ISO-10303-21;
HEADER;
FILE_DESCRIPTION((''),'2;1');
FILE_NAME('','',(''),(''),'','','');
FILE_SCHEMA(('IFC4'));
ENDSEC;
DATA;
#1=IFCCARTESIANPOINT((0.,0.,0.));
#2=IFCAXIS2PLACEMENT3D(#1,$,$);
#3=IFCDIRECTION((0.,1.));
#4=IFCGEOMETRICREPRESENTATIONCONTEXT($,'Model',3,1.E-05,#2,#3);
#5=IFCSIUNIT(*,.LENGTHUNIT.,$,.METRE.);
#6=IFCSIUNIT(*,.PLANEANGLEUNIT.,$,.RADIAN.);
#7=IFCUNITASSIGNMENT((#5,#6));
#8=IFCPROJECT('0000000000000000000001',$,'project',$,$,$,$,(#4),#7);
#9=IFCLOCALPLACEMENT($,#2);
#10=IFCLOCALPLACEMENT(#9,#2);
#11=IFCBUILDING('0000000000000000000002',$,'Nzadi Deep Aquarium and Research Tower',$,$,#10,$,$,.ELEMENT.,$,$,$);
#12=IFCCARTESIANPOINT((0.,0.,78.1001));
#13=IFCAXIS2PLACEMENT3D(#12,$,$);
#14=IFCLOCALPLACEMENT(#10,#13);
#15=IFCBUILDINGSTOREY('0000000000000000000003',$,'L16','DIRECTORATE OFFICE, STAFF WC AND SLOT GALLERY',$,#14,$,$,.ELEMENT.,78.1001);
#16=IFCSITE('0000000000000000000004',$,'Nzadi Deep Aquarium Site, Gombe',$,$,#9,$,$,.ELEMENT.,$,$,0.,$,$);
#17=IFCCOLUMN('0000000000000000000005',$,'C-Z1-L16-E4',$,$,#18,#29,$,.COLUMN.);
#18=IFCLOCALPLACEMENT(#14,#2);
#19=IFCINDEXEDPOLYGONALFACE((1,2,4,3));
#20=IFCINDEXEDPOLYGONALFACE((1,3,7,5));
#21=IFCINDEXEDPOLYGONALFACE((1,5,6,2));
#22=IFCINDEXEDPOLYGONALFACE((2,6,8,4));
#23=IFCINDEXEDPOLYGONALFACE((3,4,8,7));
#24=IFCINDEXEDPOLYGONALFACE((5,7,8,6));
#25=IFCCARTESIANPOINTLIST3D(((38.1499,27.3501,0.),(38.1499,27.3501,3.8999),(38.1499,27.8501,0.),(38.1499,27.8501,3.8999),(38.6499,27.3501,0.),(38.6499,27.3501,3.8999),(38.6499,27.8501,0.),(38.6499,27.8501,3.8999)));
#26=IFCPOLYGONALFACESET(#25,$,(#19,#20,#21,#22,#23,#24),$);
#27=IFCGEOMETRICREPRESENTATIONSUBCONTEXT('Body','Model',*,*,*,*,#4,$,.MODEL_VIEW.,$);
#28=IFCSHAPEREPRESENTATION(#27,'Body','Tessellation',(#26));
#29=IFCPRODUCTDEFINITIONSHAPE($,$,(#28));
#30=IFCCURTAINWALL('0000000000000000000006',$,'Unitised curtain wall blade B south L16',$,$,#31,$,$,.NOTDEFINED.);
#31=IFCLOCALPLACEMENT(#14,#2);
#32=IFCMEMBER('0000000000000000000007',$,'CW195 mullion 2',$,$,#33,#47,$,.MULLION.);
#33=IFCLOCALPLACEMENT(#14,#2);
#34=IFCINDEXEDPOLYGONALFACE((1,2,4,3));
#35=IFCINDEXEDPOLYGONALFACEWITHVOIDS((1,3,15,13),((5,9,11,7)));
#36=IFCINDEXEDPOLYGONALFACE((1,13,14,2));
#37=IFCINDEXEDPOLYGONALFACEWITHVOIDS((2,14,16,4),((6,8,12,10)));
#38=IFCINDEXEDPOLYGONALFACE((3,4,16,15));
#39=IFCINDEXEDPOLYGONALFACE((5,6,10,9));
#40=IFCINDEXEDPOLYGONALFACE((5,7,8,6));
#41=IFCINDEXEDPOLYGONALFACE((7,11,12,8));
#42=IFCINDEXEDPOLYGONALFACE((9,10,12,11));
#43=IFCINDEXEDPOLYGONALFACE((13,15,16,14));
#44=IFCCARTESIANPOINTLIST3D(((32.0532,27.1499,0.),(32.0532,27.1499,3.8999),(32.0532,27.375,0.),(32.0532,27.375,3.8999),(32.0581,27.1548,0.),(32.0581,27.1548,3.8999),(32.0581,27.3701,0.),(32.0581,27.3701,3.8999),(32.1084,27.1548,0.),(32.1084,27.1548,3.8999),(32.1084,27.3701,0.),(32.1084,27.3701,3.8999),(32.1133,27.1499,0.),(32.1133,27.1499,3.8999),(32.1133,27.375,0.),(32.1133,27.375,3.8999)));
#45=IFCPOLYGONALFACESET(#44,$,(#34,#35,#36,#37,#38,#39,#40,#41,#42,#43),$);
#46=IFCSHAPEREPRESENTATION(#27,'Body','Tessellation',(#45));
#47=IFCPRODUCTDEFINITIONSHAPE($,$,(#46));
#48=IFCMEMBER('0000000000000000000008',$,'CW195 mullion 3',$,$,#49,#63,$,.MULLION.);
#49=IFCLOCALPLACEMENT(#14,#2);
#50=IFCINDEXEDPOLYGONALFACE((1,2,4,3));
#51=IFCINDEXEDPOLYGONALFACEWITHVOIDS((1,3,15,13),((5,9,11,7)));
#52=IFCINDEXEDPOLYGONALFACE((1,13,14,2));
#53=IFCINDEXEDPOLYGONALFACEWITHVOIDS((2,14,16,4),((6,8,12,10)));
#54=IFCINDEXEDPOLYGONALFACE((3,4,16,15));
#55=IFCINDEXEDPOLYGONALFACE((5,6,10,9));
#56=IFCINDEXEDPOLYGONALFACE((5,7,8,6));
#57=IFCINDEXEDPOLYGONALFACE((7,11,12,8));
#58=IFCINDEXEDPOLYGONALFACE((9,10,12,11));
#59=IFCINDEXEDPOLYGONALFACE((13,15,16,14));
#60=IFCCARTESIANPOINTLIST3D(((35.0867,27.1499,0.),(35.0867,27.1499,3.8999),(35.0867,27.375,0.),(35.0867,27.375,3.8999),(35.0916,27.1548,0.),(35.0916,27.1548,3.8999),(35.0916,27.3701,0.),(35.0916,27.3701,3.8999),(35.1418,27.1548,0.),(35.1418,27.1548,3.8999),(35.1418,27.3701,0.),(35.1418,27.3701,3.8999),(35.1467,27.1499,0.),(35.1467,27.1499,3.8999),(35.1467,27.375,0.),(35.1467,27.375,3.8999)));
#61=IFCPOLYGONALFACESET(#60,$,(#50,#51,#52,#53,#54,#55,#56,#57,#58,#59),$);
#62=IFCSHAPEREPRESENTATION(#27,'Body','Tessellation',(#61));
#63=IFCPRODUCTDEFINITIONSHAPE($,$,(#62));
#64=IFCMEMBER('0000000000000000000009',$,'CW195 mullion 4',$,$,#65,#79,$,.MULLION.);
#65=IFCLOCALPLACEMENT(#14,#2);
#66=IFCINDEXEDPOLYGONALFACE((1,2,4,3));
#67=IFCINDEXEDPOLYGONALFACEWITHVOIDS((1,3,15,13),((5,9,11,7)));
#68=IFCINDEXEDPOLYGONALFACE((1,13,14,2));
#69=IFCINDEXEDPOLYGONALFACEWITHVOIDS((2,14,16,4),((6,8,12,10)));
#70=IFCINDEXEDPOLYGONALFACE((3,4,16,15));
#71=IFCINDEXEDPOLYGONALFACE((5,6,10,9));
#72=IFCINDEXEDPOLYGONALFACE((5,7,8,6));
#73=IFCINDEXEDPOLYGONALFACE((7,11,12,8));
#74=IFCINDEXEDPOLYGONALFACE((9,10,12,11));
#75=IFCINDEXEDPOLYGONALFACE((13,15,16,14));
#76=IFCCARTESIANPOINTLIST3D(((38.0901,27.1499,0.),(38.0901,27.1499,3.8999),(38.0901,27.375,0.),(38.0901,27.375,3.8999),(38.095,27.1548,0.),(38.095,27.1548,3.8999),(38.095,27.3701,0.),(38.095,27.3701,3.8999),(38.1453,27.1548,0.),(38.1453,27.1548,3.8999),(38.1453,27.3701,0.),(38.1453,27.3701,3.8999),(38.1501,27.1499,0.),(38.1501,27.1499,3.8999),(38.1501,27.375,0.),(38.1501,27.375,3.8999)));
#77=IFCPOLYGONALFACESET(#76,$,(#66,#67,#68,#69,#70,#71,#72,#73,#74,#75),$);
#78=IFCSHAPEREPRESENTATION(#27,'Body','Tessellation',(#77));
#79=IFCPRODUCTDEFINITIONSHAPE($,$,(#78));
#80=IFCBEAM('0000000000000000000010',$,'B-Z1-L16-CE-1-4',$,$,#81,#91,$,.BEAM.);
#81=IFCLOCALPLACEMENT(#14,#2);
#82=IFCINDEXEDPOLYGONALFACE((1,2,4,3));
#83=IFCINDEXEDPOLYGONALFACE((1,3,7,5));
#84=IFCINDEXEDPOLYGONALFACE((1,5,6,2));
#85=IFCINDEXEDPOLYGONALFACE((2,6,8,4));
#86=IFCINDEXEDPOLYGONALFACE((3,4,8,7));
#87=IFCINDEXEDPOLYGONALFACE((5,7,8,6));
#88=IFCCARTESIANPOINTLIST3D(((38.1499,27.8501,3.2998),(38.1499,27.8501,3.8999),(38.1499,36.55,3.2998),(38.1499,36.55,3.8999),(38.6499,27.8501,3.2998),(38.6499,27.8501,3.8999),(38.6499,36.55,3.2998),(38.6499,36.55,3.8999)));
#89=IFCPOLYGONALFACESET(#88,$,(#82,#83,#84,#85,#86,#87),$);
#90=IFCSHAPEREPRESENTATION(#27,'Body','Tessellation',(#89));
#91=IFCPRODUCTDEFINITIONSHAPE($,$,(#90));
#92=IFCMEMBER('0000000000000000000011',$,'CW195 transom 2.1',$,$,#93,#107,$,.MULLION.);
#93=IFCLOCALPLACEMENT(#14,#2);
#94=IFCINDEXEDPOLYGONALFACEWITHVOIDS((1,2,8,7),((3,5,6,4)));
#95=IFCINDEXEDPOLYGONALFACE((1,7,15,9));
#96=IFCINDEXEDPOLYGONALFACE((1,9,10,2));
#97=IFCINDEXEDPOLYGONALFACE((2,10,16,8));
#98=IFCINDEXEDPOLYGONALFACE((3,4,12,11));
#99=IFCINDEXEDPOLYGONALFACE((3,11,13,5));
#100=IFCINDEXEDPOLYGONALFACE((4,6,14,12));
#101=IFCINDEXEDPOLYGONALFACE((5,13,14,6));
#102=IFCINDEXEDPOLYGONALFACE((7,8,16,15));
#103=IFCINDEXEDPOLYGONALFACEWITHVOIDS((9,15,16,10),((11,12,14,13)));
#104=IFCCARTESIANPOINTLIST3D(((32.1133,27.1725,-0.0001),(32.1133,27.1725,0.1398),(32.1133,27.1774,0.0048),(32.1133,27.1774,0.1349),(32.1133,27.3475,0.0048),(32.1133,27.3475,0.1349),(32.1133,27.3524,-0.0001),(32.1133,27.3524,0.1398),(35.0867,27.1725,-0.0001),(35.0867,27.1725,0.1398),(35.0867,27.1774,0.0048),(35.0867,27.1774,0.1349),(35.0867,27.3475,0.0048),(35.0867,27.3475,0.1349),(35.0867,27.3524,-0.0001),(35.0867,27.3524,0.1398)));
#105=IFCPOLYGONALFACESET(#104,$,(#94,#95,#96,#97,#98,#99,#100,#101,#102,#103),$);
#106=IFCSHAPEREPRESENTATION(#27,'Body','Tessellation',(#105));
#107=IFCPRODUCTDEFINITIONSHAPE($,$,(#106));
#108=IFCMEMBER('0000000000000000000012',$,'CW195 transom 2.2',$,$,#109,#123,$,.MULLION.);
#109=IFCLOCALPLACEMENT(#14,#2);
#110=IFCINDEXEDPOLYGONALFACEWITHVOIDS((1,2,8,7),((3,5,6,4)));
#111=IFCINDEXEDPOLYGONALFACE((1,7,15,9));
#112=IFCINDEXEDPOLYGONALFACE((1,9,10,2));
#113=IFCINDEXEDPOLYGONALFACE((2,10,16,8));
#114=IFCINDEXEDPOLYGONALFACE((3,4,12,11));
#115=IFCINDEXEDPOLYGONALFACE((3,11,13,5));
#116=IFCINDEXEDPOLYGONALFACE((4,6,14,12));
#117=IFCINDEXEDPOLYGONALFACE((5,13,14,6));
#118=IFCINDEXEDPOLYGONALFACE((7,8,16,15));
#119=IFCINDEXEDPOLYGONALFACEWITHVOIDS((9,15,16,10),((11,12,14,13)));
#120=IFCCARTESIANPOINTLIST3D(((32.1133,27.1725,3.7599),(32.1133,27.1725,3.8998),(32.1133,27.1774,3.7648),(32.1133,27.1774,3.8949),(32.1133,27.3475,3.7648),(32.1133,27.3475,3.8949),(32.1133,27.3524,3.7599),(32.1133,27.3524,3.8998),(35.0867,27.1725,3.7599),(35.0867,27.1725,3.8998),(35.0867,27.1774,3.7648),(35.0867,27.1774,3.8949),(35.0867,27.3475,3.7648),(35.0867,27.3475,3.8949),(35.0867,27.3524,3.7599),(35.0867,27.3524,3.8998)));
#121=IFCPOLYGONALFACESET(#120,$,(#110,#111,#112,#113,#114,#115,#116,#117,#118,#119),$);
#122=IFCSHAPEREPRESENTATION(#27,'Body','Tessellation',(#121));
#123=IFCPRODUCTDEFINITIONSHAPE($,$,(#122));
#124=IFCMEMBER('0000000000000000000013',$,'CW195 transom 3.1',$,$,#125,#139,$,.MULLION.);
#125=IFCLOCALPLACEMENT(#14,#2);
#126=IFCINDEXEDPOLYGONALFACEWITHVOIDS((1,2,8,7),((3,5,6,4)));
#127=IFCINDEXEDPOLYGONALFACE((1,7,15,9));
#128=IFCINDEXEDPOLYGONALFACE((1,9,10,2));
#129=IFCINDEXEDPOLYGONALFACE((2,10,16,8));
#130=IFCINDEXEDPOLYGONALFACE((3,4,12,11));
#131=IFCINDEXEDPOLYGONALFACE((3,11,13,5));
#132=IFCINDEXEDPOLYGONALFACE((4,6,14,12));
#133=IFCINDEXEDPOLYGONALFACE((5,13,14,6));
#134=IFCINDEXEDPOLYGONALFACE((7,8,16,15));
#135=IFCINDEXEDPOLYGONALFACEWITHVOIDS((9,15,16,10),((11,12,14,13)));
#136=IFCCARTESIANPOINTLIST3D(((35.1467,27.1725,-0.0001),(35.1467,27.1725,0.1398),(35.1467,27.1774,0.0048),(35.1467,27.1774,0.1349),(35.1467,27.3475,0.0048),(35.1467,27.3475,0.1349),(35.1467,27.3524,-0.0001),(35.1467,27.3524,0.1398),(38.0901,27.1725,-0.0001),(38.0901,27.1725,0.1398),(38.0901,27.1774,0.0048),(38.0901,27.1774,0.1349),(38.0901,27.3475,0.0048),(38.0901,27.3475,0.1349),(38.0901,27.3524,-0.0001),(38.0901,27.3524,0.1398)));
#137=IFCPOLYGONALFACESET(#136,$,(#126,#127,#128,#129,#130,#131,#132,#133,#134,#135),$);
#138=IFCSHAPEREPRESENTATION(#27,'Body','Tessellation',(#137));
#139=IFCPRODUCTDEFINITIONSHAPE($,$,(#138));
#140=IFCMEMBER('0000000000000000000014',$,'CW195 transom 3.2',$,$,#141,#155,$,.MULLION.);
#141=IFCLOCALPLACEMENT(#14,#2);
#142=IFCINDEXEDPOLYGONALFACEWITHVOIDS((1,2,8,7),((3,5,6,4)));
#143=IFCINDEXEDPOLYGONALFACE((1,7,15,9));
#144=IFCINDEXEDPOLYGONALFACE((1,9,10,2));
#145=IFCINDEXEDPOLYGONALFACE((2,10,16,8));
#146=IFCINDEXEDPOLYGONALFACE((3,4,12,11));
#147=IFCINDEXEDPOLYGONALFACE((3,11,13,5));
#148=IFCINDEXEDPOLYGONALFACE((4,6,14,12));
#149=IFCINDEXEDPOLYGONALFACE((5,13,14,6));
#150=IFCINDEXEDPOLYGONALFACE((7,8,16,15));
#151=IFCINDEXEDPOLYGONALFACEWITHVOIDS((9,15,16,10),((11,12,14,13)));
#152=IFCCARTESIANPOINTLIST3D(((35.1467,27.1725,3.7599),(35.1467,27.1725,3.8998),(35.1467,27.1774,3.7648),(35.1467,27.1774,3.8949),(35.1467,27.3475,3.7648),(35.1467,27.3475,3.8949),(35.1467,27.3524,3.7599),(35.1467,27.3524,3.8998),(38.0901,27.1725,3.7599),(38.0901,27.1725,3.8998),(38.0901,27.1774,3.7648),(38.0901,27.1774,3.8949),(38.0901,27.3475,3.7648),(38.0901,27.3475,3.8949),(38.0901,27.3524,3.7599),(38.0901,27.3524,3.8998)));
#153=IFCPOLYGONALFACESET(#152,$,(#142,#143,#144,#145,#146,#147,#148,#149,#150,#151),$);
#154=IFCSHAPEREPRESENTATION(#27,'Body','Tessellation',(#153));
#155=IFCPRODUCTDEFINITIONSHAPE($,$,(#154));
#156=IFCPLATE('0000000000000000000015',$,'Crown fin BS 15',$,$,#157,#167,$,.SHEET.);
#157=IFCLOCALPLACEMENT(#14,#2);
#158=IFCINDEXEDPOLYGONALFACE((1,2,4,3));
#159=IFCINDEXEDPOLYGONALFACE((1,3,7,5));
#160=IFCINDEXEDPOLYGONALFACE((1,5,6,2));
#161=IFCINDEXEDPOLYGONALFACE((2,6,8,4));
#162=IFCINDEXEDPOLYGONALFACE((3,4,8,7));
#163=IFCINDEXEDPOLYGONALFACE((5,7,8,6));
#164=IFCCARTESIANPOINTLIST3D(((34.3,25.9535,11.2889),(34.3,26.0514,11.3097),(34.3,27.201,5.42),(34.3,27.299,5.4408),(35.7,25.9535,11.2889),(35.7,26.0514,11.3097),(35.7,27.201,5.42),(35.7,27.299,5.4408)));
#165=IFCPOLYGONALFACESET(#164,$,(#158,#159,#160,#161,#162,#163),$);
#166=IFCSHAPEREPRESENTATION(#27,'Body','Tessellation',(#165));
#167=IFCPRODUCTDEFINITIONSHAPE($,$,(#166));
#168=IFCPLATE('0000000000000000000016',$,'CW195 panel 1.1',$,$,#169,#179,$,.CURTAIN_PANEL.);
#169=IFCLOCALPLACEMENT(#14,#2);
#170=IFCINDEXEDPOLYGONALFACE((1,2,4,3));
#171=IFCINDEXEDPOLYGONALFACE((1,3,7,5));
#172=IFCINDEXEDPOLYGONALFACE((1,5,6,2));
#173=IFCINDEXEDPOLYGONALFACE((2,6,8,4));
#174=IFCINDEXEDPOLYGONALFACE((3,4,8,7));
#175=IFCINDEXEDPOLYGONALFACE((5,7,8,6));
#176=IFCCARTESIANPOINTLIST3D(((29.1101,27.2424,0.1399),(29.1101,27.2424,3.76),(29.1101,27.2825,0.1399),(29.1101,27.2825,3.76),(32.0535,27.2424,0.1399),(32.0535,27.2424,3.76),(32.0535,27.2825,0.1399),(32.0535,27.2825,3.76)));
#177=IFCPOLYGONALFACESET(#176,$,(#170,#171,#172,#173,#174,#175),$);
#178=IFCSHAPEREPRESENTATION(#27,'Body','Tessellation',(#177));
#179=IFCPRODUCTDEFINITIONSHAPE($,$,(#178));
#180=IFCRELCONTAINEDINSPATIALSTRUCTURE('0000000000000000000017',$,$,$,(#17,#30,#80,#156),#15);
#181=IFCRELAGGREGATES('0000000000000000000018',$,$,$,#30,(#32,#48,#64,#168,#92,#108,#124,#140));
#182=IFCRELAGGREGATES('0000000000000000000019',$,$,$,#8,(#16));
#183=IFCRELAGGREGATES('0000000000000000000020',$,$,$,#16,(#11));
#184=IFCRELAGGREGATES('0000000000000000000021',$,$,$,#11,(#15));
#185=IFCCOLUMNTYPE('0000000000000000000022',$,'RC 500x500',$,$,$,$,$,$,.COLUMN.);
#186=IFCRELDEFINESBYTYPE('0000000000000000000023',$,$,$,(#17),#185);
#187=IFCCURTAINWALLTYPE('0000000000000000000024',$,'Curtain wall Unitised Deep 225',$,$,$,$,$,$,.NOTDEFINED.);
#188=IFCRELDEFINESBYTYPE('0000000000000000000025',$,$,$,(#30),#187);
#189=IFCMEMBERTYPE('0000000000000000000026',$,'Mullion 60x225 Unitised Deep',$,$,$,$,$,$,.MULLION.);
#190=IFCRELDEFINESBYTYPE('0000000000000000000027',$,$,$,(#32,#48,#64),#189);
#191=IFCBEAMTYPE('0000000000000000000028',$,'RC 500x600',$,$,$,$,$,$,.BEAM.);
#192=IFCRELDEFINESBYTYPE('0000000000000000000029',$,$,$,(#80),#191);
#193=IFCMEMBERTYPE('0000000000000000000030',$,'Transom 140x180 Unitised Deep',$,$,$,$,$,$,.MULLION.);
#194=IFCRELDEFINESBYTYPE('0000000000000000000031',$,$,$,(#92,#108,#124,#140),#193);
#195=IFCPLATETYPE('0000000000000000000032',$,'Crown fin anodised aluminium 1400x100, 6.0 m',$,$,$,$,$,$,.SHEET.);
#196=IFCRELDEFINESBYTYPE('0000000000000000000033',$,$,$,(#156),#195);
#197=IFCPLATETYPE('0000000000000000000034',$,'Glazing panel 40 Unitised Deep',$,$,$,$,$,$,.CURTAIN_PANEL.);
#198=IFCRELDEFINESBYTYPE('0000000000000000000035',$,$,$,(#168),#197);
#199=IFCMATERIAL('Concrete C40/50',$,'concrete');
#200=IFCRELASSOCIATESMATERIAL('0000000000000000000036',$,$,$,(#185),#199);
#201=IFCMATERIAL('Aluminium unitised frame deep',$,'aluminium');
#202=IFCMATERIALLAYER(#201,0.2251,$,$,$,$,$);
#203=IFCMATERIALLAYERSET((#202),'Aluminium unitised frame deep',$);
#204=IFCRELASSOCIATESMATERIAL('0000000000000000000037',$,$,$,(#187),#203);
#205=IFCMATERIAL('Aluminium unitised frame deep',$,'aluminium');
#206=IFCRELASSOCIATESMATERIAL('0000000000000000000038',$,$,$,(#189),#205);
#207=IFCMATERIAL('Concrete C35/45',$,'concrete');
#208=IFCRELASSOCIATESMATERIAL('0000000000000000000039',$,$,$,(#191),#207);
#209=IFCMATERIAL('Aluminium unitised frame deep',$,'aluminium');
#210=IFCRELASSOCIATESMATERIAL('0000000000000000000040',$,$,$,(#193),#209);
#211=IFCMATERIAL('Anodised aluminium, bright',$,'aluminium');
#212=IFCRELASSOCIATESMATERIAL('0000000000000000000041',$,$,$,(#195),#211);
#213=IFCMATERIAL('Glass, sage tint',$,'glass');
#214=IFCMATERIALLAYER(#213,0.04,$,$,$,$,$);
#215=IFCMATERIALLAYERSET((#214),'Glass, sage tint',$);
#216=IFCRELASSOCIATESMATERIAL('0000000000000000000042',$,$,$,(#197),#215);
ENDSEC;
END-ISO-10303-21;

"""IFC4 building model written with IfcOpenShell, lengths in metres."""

from ifc_helpers import new_model, si_unit, direction, frame, origin, origin_2d, place, context, subcontext, project, spatial, rectangle, hollow_rectangle, extrude, material, layer, layer_set, material_profile, profile_set, type_object, element, aggregate, save


model = new_model("IFC4")

# Units and contexts
model_context = context("Model", 3, precision=1e-05, world=origin(), true_north=direction((0.0, 1.0)))
body_context = subcontext(model_context, "Body", "Model", "MODEL_VIEW")
ifc_project = project(units=[si_unit("LENGTHUNIT", "METRE"), si_unit("PLANEANGLEUNIT", "RADIAN")], contexts=[model_context])

# Site, building, storey
site_placement = place(None, origin())
site = spatial("IfcSite", under=ifc_project, at=site_placement, Name="Nzadi Deep Aquarium Site, Gombe", CompositionType="ELEMENT", RefElevation=0.0)
building_placement = place(site_placement, origin())
building = spatial("IfcBuilding", under=site, at=building_placement, Name="Nzadi Deep Aquarium and Research Tower", CompositionType="ELEMENT")
storey_placement = place(building_placement, frame((0.0, 0.0, 78.1001)))
storey = spatial("IfcBuildingStorey", under=building, at=storey_placement, Name="L16", Description="DIRECTORATE OFFICE, STAFF WC AND SLOT GALLERY", CompositionType="ELEMENT", Elevation=78.1001)

# Column
ifc_material_1 = material(Name="Concrete C40/50", Category="concrete")
ifc_material_profile_1 = material_profile(ifc_material_1, rectangle(XDim=0.5, YDim=0.5, at=origin_2d()))
ifc_profile_set_1 = profile_set([ifc_material_profile_1], Name="Concrete C40/50")
column_type = type_object("IfcColumnType", Name="RC 500x500", PredefinedType="COLUMN", material=ifc_profile_set_1)
column_placement = place(storey_placement, frame((38.3999, 27.6001, 0.0), z_axis=(0.0, 0.0, 1.0), x_axis=(1.0, 0.0, 0.0)))
element("IfcColumn", 1, at=column_placement, inside=storey, type_object=column_type, Name="C-Z1-L16-E4", PredefinedType="COLUMN", context=body_context, shape_type="SweptSolid", body=[
    extrude(rectangle(XDim=0.5, YDim=0.5, at=origin_2d()), origin(), (0.0, 0.0, 1.0), 3.8999),
])

# Curtain wall, members
ifc_material_2 = material(Name="Aluminium unitised frame deep", Category="aluminium")
ifc_layer_1 = layer(ifc_material_2, 0.2251)
ifc_layer_set_1 = layer_set([ifc_layer_1], Name="Aluminium unitised frame deep")
curtain_wall_type = type_object("IfcCurtainWallType", Name="Curtain wall Unitised Deep 225", PredefinedType="NOTDEFINED", material=ifc_layer_set_1)
curtain_wall_placement = place(storey_placement, origin())
curtain_wall = element("IfcCurtainWall", 2, at=curtain_wall_placement, inside=storey, type_object=curtain_wall_type, Name="Unitised curtain wall blade B south L16", PredefinedType="NOTDEFINED")
ifc_material_3 = material(Name="Aluminium unitised frame deep", Category="aluminium")
ifc_material_profile_2 = material_profile(ifc_material_3, hollow_rectangle(XDim=0.2251, YDim=0.0601, WallThickness=0.0049, at=origin_2d()))
ifc_profile_set_2 = profile_set([ifc_material_profile_2], Name="Aluminium unitised frame deep")
member_type_1 = type_object("IfcMemberType", Name="Mullion 60x225 Unitised Deep", PredefinedType="MULLION", material=ifc_profile_set_2)
member_1_placement = place(storey_placement, frame((32.0833, 27.2625, 0.0), z_axis=(0.0, 0.0, 1.0), x_axis=(0.0, 1.0, 0.0)))
member_1 = element("IfcMember", 3, at=member_1_placement, type_object=member_type_1, Name="CW195 mullion 2", PredefinedType="MULLION", context=body_context, shape_type="SweptSolid", body=[
    extrude(hollow_rectangle(XDim=0.2251, YDim=0.0601, WallThickness=0.0049, at=origin_2d()), origin(), (0.0, 0.0, 1.0), 3.8999),
])
member_2_placement = place(storey_placement, frame((35.1167, 27.2625, 0.0), z_axis=(0.0, 0.0, 1.0), x_axis=(0.0, 1.0, 0.0)))
member_2 = element("IfcMember", 4, at=member_2_placement, type_object=member_type_1, Name="CW195 mullion 3", PredefinedType="MULLION", context=body_context, shape_type="SweptSolid", body=[
    extrude(hollow_rectangle(XDim=0.2251, YDim=0.0601, WallThickness=0.0049, at=origin_2d()), origin(), (0.0, 0.0, 1.0), 3.8999),
])
member_3_placement = place(storey_placement, frame((38.1201, 27.2625, 0.0), z_axis=(0.0, 0.0, 1.0), x_axis=(0.0, 1.0, 0.0)))
member_3 = element("IfcMember", 5, at=member_3_placement, type_object=member_type_1, Name="CW195 mullion 4", PredefinedType="MULLION", context=body_context, shape_type="SweptSolid", body=[
    extrude(hollow_rectangle(XDim=0.2251, YDim=0.0601, WallThickness=0.0049, at=origin_2d()), origin(), (0.0, 0.0, 1.0), 3.8999),
])

# Beam
ifc_material_4 = material(Name="Concrete C35/45", Category="concrete")
ifc_material_profile_3 = material_profile(ifc_material_4, rectangle(XDim=0.5, YDim=0.6001, at=origin_2d()))
ifc_profile_set_3 = profile_set([ifc_material_profile_3], Name="Concrete C35/45")
beam_type = type_object("IfcBeamType", Name="RC 500x600", PredefinedType="BEAM", material=ifc_profile_set_3)
beam_placement = place(storey_placement, frame((38.3999, 27.8501, 3.5999), z_axis=(0.0, 1.0, 0.0), x_axis=(-1.0, 0.0, 0.0)))
element("IfcBeam", 6, at=beam_placement, inside=storey, type_object=beam_type, Name="B-Z1-L16-CE-1-4", PredefinedType="BEAM", context=body_context, shape_type="SweptSolid", body=[
    extrude(rectangle(XDim=0.5, YDim=0.6001, at=origin_2d()), origin(), (0.0, 0.0, 1.0), 8.7),
])

# Members
ifc_material_5 = material(Name="Aluminium unitised frame deep", Category="aluminium")
ifc_material_profile_4 = material_profile(ifc_material_5, hollow_rectangle(XDim=0.1799, YDim=0.1399, WallThickness=0.0049, at=origin_2d()))
ifc_profile_set_4 = profile_set([ifc_material_profile_4], Name="Aluminium unitised frame deep")
member_type_2 = type_object("IfcMemberType", Name="Transom 140x180 Unitised Deep", PredefinedType="MULLION", material=ifc_profile_set_4)
member_4_placement = place(storey_placement, frame((32.1133, 27.2625, 0.0698), z_axis=(1.0, 0.0, 0.0), x_axis=(0.0, 1.0, 0.0)))
member_4 = element("IfcMember", 7, at=member_4_placement, type_object=member_type_2, Name="CW195 transom 2.1", PredefinedType="MULLION", context=body_context, shape_type="SweptSolid", body=[
    extrude(hollow_rectangle(XDim=0.1799, YDim=0.1399, WallThickness=0.0049, at=origin_2d()), origin(), (0.0, 0.0, 1.0), 2.9734),
])
member_5_placement = place(storey_placement, frame((32.1133, 27.2625, 3.8298), z_axis=(1.0, 0.0, 0.0), x_axis=(0.0, 1.0, 0.0)))
member_5 = element("IfcMember", 8, at=member_5_placement, type_object=member_type_2, Name="CW195 transom 2.2", PredefinedType="MULLION", context=body_context, shape_type="SweptSolid", body=[
    extrude(hollow_rectangle(XDim=0.1799, YDim=0.1399, WallThickness=0.0049, at=origin_2d()), origin(), (0.0, 0.0, 1.0), 2.9734),
])
member_6_placement = place(storey_placement, frame((35.1467, 27.2625, 0.0698), z_axis=(1.0, 0.0, 0.0), x_axis=(0.0, 1.0, 0.0)))
member_6 = element("IfcMember", 9, at=member_6_placement, type_object=member_type_2, Name="CW195 transom 3.1", PredefinedType="MULLION", context=body_context, shape_type="SweptSolid", body=[
    extrude(hollow_rectangle(XDim=0.1799, YDim=0.1399, WallThickness=0.0049, at=origin_2d()), origin(), (0.0, 0.0, 1.0), 2.9434),
])
member_7_placement = place(storey_placement, frame((35.1467, 27.2625, 3.8298), z_axis=(1.0, 0.0, 0.0), x_axis=(0.0, 1.0, 0.0)))
member_7 = element("IfcMember", 10, at=member_7_placement, type_object=member_type_2, Name="CW195 transom 3.2", PredefinedType="MULLION", context=body_context, shape_type="SweptSolid", body=[
    extrude(hollow_rectangle(XDim=0.1799, YDim=0.1399, WallThickness=0.0049, at=origin_2d()), origin(), (0.0, 0.0, 1.0), 2.9434),
])

# Plates
ifc_material_6 = material(Name="Anodised aluminium, bright", Category="aluminium")
ifc_material_profile_5 = material_profile(ifc_material_6, rectangle(XDim=1.3999, YDim=0.1001, at=origin_2d()))
ifc_profile_set_5 = profile_set([ifc_material_profile_5], Name="Anodised aluminium, bright")
plate_type_1 = type_object("IfcPlateType", Name="Crown fin anodised aluminium 1400x100, 6.0 m", PredefinedType="SHEET", material=ifc_profile_set_5)
plate_1_placement = place(storey_placement, frame((35.0, 27.25, 5.4304), z_axis=(0.0, -0.207925, 0.978145), x_axis=(1.0, 0.0, 0.0)))
element("IfcPlate", 11, at=plate_1_placement, inside=storey, type_object=plate_type_1, Name="Crown fin BS 15", PredefinedType="SHEET", context=body_context, shape_type="SweptSolid", body=[
    extrude(rectangle(XDim=1.3999, YDim=0.1001, at=origin_2d()), origin(), (0.0, 0.0, 1.0), 6.0),
])
ifc_material_7 = material(Name="Glass, sage tint", Category="glass")
ifc_layer_2 = layer(ifc_material_7, 0.04)
ifc_layer_set_2 = layer_set([ifc_layer_2], Name="Glass, sage tint")
plate_type_2 = type_object("IfcPlateType", Name="Glazing panel 40 Unitised Deep", PredefinedType="CURTAIN_PANEL", material=ifc_layer_set_2)
plate_2_placement = place(storey_placement, frame((30.5818, 27.2625, 0.1399), z_axis=(0.0, 0.0, 1.0), x_axis=(1.0, 0.0, 0.0)))
plate_2 = element("IfcPlate", 12, at=plate_2_placement, type_object=plate_type_2, Name="CW195 panel 1.1", PredefinedType="CURTAIN_PANEL", context=body_context, shape_type="SweptSolid", body=[
    extrude(rectangle(XDim=2.9434, YDim=0.04, at=origin_2d()), origin(), (0.0, 0.0, 1.0), 3.6201),
])
aggregate(curtain_wall, [member_1, member_2, member_3, plate_2, member_4, member_5, member_6, member_7])

save(model, "model.ifc")
